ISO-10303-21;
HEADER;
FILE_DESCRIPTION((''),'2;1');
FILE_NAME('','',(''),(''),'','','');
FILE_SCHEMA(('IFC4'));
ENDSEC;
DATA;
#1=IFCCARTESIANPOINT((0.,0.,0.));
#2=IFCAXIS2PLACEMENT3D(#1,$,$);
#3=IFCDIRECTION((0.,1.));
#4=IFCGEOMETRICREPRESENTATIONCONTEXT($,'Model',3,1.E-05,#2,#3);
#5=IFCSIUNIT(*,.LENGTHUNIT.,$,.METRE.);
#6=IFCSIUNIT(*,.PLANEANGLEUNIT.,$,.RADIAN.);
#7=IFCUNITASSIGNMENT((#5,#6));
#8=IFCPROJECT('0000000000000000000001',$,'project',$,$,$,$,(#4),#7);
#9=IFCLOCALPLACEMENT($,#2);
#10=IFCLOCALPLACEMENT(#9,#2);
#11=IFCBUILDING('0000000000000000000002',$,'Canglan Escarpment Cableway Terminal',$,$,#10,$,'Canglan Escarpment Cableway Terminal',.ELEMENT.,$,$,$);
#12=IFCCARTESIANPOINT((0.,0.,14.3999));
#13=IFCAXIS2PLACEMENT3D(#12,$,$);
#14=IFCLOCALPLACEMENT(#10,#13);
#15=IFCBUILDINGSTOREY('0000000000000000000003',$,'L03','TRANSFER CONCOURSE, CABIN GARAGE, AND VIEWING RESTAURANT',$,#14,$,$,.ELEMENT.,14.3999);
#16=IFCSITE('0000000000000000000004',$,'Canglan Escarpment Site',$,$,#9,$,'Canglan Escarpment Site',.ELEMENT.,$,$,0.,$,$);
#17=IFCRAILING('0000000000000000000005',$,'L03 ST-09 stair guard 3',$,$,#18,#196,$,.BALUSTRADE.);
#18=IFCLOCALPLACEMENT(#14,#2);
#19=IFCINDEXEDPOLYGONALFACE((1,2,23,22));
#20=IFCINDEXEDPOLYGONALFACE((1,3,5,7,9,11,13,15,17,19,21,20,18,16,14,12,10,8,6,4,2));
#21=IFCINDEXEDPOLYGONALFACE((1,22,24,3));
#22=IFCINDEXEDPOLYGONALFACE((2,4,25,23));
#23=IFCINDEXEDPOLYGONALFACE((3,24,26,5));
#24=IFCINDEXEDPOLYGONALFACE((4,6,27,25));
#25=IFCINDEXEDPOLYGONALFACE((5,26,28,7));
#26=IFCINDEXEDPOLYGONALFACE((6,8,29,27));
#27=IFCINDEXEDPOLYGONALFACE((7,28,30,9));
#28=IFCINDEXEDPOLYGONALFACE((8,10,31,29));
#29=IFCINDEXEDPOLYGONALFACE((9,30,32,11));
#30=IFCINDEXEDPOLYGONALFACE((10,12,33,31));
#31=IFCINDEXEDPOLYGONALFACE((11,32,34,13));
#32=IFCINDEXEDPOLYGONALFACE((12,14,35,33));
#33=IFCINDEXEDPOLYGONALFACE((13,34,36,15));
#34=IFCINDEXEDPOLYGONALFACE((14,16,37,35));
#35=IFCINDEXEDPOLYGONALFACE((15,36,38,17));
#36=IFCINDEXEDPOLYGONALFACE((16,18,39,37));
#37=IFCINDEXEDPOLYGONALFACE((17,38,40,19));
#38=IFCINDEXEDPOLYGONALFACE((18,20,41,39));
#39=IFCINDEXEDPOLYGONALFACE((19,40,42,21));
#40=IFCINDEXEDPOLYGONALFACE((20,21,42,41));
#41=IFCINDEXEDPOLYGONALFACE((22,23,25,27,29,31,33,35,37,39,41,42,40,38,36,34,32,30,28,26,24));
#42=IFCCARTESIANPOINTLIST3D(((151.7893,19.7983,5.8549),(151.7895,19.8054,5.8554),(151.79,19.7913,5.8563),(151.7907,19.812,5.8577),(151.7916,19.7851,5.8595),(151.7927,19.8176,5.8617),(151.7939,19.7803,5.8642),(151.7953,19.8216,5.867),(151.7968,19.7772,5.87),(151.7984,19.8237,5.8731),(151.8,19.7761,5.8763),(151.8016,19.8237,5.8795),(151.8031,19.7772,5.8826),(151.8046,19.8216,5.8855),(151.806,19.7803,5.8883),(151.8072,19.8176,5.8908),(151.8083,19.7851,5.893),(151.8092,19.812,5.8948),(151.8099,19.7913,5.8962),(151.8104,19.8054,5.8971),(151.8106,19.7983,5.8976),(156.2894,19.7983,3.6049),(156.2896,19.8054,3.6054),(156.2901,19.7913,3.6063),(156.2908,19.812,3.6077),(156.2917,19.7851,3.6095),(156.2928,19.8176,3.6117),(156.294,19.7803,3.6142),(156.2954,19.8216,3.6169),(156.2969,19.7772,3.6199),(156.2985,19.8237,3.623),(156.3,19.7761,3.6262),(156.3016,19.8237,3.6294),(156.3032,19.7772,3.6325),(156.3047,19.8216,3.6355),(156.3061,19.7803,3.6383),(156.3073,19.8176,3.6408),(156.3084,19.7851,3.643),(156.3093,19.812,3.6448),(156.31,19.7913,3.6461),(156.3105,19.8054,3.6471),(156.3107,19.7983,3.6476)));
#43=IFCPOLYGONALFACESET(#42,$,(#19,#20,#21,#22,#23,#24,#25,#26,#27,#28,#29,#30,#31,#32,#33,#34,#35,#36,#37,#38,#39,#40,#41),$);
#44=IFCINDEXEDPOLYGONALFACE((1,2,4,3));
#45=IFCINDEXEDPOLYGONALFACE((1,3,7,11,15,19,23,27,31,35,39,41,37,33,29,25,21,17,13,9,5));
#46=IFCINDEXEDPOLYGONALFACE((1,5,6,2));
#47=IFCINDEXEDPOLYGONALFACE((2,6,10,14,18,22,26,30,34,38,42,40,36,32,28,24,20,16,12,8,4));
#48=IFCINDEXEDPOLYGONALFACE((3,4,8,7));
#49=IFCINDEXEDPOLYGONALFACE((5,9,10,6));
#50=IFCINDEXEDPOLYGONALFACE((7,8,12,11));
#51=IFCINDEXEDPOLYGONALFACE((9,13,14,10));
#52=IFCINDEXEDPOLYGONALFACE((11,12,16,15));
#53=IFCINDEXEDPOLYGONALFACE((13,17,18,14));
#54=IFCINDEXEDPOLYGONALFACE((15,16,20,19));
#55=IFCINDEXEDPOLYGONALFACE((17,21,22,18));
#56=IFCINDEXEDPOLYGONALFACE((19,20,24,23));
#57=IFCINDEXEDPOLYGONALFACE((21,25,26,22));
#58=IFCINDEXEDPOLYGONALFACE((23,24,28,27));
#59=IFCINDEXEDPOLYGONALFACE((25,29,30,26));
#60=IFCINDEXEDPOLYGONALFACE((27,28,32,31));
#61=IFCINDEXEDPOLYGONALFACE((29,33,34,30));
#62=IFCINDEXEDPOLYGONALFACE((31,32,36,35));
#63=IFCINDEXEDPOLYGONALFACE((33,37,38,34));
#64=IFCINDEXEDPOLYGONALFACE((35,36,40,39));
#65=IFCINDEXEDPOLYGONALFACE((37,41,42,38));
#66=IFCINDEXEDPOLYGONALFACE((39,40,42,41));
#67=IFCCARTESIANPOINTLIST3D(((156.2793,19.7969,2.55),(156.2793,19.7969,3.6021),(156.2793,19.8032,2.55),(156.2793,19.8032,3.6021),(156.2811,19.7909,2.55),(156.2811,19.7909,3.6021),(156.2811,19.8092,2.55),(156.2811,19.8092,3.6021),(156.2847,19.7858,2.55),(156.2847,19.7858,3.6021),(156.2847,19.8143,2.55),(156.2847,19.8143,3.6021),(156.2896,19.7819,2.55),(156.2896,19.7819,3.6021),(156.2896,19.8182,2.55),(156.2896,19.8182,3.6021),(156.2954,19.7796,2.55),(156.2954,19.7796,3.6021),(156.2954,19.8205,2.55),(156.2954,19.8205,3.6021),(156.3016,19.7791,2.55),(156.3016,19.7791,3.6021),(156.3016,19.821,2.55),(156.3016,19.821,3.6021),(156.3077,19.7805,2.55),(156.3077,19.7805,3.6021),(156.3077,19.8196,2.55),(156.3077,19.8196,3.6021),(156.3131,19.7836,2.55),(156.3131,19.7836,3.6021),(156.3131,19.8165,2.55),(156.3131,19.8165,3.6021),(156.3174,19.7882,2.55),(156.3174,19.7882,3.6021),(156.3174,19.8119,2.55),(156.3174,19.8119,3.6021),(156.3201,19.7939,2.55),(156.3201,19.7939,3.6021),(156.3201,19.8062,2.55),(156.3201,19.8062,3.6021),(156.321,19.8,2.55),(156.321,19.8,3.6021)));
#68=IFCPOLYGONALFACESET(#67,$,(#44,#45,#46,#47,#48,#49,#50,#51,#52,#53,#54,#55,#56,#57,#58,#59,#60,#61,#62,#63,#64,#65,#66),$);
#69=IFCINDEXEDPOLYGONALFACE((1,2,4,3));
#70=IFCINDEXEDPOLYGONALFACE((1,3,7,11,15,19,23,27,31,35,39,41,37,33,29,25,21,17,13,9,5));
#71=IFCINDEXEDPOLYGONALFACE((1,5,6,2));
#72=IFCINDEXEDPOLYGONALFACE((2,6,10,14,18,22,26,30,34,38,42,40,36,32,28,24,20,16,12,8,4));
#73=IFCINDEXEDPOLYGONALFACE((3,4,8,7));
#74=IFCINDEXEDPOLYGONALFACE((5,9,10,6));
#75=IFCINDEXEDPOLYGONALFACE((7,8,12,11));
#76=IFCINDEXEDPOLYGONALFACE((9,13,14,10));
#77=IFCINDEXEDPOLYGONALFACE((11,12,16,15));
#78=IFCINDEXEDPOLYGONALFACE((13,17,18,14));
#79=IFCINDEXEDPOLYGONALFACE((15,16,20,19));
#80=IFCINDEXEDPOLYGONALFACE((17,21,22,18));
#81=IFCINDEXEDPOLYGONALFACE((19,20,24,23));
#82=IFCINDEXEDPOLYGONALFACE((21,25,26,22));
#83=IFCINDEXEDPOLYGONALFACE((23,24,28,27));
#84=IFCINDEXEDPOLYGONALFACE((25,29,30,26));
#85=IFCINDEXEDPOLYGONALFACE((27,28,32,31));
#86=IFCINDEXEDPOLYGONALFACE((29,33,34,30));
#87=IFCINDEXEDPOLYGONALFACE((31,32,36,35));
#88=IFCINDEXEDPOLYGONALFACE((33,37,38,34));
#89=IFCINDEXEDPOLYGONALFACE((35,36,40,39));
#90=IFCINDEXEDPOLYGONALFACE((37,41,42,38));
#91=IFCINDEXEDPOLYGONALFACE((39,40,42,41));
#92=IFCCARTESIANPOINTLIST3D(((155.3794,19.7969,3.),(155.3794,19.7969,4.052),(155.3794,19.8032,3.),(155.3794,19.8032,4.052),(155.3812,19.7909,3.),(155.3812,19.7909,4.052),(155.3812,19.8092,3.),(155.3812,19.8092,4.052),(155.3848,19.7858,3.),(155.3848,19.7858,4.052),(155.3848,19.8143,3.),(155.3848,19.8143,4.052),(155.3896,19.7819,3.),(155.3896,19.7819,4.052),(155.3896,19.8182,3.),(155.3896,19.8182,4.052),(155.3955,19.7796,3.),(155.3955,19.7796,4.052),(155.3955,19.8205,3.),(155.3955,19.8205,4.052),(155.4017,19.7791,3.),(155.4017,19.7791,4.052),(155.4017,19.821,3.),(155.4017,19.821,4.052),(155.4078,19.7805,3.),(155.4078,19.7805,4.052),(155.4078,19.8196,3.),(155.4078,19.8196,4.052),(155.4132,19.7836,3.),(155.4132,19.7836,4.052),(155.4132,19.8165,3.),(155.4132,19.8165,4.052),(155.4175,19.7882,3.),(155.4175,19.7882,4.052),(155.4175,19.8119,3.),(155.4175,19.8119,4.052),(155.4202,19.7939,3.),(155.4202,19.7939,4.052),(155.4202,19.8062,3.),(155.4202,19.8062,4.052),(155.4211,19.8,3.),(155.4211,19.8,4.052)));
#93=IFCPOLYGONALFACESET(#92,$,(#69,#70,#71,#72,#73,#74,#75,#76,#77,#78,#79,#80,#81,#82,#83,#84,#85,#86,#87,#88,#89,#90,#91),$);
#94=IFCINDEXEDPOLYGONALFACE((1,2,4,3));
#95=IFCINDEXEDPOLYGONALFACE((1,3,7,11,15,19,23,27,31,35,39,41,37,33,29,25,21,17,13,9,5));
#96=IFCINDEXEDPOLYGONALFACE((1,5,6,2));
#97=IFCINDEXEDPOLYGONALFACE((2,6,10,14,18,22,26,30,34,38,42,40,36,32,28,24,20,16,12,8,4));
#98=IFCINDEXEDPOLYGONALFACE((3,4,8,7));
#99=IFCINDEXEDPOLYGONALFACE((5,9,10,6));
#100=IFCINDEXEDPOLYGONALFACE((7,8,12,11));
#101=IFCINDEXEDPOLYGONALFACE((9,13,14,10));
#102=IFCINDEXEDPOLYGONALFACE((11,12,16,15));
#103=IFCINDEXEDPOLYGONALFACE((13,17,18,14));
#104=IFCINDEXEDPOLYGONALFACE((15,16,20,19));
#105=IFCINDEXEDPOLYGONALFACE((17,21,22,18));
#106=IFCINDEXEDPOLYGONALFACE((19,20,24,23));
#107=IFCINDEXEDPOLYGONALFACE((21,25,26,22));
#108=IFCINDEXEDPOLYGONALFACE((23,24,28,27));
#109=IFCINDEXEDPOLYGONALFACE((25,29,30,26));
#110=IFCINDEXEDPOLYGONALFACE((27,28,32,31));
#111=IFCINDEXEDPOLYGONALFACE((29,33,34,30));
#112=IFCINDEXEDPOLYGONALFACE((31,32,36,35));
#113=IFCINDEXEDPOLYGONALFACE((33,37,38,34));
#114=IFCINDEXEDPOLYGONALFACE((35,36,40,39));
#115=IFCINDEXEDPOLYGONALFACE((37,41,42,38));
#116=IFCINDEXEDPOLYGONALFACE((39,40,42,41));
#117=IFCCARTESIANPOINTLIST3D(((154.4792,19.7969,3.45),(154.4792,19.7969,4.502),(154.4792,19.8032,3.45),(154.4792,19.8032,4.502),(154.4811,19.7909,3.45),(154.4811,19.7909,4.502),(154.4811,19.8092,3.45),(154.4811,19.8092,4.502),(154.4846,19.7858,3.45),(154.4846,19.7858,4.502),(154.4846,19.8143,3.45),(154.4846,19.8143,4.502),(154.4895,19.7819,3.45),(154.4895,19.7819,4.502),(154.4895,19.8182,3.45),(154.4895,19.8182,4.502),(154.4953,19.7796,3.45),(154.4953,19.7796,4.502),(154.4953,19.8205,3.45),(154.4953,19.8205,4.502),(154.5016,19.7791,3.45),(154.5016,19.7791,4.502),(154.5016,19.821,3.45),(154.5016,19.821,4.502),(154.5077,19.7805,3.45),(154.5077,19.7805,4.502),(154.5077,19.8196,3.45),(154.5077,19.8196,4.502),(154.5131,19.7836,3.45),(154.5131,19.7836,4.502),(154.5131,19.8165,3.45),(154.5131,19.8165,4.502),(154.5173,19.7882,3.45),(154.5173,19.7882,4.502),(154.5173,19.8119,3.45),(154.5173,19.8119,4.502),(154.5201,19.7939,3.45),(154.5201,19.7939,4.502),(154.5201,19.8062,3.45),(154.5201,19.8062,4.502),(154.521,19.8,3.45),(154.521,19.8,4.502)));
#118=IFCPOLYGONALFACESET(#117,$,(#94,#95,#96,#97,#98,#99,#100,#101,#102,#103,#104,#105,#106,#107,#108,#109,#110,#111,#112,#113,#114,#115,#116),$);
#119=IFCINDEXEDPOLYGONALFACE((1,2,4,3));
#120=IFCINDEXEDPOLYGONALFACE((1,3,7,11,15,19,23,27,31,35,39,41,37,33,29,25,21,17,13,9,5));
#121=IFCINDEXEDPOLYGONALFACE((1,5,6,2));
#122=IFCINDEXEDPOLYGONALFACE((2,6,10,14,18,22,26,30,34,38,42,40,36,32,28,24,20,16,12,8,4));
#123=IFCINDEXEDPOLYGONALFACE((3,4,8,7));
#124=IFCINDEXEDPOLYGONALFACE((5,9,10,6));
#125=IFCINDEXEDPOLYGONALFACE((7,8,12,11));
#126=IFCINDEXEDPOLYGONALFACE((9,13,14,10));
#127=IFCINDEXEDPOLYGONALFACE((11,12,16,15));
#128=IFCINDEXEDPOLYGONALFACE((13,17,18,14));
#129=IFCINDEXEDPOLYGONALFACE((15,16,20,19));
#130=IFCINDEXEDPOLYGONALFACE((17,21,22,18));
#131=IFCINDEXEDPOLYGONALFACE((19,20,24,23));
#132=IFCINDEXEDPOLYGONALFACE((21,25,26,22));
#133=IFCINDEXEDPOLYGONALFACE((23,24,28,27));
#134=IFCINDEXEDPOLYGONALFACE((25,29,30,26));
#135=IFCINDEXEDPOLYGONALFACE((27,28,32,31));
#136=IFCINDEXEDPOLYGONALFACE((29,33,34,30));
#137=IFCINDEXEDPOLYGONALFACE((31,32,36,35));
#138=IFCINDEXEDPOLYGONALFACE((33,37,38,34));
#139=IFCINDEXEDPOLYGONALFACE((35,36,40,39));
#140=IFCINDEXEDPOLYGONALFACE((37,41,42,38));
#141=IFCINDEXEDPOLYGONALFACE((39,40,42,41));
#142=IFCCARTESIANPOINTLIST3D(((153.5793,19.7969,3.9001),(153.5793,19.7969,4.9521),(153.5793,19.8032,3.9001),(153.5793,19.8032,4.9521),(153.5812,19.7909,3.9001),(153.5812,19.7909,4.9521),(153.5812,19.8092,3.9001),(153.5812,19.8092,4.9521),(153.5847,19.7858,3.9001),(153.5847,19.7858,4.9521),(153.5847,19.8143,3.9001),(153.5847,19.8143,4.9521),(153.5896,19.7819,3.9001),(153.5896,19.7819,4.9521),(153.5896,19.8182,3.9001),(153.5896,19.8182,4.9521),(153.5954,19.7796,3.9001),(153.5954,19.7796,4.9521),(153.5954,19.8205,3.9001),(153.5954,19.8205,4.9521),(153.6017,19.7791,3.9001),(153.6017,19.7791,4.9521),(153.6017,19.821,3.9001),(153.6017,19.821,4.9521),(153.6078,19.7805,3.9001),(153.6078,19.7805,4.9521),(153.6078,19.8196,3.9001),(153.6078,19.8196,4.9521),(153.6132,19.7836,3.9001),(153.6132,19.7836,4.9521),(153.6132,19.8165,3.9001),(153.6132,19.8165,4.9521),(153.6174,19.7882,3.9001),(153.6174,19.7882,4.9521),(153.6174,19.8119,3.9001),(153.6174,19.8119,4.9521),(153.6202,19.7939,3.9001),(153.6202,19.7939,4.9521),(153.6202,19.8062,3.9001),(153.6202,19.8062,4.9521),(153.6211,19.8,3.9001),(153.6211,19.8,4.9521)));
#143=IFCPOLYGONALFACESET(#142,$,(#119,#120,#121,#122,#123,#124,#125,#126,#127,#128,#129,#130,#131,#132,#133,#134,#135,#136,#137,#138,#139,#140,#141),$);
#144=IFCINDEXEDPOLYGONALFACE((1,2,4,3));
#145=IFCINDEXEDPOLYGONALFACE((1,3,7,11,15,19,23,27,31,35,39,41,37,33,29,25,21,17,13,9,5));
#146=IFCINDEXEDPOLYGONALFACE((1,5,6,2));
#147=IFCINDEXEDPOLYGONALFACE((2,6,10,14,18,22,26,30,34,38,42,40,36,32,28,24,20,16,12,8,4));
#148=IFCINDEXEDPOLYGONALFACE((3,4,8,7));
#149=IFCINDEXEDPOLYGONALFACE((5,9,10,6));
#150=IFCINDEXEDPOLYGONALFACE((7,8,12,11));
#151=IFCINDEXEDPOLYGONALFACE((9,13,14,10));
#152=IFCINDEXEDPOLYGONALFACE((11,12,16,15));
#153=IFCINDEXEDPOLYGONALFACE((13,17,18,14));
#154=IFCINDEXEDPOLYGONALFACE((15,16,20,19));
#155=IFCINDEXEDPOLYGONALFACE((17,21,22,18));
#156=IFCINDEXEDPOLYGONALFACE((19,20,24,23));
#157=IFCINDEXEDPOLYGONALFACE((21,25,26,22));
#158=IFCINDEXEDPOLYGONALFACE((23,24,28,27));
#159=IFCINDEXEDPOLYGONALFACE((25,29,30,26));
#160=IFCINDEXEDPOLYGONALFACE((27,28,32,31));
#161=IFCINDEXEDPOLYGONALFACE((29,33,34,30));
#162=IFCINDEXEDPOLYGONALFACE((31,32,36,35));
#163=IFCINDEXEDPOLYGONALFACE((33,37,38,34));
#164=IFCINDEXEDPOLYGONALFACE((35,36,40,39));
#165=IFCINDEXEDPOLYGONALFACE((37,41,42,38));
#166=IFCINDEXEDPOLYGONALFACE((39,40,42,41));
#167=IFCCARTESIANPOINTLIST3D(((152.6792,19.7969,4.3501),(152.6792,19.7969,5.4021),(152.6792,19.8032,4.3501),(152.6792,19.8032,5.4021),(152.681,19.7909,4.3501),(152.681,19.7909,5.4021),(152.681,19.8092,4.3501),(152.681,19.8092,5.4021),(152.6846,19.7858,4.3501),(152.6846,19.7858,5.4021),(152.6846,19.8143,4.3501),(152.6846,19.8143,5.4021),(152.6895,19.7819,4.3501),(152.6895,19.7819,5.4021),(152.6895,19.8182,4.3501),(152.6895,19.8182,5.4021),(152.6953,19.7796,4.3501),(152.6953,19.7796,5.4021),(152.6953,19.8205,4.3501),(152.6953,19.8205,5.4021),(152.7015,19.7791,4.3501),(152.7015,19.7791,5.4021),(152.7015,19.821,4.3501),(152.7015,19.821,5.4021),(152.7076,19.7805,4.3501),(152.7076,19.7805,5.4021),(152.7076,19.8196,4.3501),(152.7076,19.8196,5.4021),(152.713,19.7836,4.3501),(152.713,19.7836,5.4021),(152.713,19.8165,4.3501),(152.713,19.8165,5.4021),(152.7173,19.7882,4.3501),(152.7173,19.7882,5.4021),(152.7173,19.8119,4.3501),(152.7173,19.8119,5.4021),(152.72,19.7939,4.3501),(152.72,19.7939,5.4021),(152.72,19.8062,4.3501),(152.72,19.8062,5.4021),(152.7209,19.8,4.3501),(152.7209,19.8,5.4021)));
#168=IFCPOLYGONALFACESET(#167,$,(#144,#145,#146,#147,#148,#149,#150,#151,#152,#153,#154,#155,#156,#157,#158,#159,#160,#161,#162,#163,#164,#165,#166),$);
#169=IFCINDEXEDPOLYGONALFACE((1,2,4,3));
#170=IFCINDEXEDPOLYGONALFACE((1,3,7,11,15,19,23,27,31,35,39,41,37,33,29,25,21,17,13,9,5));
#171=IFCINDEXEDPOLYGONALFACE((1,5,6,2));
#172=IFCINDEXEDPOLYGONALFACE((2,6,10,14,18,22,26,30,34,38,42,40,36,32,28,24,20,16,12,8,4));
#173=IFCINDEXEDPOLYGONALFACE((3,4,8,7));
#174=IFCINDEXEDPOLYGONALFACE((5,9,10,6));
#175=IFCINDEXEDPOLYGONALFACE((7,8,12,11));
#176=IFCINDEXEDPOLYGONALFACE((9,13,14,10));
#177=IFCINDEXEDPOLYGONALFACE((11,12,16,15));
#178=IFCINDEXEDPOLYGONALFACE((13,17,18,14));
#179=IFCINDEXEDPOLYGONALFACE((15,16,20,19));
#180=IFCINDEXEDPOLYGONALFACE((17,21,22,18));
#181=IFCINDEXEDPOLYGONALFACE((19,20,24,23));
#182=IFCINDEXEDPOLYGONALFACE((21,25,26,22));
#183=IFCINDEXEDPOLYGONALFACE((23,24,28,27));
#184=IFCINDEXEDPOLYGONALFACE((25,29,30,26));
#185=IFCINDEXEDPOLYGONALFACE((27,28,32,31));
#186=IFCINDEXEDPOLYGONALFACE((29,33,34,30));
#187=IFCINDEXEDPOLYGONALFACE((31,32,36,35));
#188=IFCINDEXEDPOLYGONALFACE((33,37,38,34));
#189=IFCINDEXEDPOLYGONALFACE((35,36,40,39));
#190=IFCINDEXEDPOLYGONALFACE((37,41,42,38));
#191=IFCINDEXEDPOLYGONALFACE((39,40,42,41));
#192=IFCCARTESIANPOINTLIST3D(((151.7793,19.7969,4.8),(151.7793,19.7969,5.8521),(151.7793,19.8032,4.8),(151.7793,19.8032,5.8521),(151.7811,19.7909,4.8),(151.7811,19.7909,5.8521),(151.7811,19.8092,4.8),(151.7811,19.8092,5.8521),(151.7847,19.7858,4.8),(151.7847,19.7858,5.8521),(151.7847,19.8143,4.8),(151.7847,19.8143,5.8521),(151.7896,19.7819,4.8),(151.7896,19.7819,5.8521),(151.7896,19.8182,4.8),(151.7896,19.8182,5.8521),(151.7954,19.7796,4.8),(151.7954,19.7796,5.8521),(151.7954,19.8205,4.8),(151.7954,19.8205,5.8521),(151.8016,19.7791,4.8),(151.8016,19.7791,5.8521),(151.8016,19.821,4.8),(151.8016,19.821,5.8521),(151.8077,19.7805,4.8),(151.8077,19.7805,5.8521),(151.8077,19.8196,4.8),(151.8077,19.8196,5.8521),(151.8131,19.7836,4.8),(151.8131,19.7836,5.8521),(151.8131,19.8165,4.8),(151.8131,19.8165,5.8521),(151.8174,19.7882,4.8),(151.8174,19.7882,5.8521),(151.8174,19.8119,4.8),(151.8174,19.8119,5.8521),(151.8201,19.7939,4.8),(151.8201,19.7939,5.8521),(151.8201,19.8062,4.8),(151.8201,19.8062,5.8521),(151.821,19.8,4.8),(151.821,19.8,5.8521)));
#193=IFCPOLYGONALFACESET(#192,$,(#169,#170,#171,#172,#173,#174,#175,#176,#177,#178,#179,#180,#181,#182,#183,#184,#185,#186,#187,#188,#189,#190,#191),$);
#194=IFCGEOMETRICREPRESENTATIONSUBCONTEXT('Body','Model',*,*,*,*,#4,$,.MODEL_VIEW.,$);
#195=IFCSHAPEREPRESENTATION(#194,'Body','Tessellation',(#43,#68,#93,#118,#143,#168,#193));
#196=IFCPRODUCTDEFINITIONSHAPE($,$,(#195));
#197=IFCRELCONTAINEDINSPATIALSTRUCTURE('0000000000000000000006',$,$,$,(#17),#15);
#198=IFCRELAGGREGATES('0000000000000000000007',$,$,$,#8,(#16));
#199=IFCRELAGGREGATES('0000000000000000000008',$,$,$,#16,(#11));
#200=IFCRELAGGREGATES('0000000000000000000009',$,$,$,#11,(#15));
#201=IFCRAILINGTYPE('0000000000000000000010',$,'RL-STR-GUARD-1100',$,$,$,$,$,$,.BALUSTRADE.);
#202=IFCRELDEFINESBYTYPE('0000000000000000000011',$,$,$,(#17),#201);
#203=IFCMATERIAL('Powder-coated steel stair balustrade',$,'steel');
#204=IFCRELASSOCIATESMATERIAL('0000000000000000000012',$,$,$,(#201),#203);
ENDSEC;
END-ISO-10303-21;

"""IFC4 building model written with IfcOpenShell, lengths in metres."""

from ifc_helpers import new_model, si_unit, direction, frame, origin, origin_2d, place, context, subcontext, project, spatial, circle, extrude, material, type_object, element, save


model = new_model("IFC4")

# Units and contexts
model_context = context("Model", 3, precision=1e-05, world=origin(), true_north=direction((0.0, 1.0)))
body_context = subcontext(model_context, "Body", "Model", "MODEL_VIEW")
ifc_project = project(units=[si_unit("LENGTHUNIT", "METRE"), si_unit("PLANEANGLEUNIT", "RADIAN")], contexts=[model_context])

# Site, building, storey
site_placement = place(None, origin())
site = spatial("IfcSite", under=ifc_project, at=site_placement, Name="Canglan Escarpment Site", LongName="Canglan Escarpment Site", CompositionType="ELEMENT", RefElevation=0.0)
building_placement = place(site_placement, origin())
building = spatial("IfcBuilding", under=site, at=building_placement, Name="Canglan Escarpment Cableway Terminal", LongName="Canglan Escarpment Cableway Terminal", CompositionType="ELEMENT")
storey_placement = place(building_placement, frame((0.0, 0.0, 14.3999)))
storey = spatial("IfcBuildingStorey", under=building, at=storey_placement, Name="L03", Description="TRANSFER CONCOURSE, CABIN GARAGE, AND VIEWING RESTAURANT", CompositionType="ELEMENT", Elevation=14.3999)

# Railing
ifc_material_1 = material(Name="Powder-coated steel stair balustrade", Category="steel")
railing_type_1 = type_object("IfcRailingType", Name="RL-STR-GUARD-1100", PredefinedType="BALUSTRADE", material=ifc_material_1)
railing_1_placement = place(storey_placement, frame((156.3, 19.8, 2.55)))
element("IfcRailing", 1, at=railing_1_placement, inside=storey, type_object=railing_type_1, Name="L03 ST-09 stair guard 3", PredefinedType="BALUSTRADE", context=body_context, shape_type="SweptSolid", body=[
    extrude(circle(Radius=0.0239, at=origin_2d()), frame((0.0, 0.0, 1.0762), z_axis=(-0.894427, 0.0, 0.447214), x_axis=(0.0, -1.0, 0.0)), (0.0, 0.0, 1.0), 5.0312),
    extrude(circle(Radius=0.021, at=origin_2d()), origin(), (0.0, 0.0, 1.0), 1.052),
    extrude(circle(Radius=0.021, at=origin_2d()), frame((-0.8999, 0.0, 0.45)), (0.0, 0.0, 1.0), 1.052),
    extrude(circle(Radius=0.021, at=origin_2d()), frame((-1.8, 0.0, 0.8999)), (0.0, 0.0, 1.0), 1.052),
    extrude(circle(Radius=0.021, at=origin_2d()), frame((-2.7, 0.0, 1.3501)), (0.0, 0.0, 1.0), 1.052),
    extrude(circle(Radius=0.021, at=origin_2d()), frame((-3.6001, 0.0, 1.8)), (0.0, 0.0, 1.0), 1.052),
    extrude(circle(Radius=0.021, at=origin_2d()), frame((-4.5, 0.0, 2.25)), (0.0, 0.0, 1.0), 1.052),
])

save(model, "model.ifc")
